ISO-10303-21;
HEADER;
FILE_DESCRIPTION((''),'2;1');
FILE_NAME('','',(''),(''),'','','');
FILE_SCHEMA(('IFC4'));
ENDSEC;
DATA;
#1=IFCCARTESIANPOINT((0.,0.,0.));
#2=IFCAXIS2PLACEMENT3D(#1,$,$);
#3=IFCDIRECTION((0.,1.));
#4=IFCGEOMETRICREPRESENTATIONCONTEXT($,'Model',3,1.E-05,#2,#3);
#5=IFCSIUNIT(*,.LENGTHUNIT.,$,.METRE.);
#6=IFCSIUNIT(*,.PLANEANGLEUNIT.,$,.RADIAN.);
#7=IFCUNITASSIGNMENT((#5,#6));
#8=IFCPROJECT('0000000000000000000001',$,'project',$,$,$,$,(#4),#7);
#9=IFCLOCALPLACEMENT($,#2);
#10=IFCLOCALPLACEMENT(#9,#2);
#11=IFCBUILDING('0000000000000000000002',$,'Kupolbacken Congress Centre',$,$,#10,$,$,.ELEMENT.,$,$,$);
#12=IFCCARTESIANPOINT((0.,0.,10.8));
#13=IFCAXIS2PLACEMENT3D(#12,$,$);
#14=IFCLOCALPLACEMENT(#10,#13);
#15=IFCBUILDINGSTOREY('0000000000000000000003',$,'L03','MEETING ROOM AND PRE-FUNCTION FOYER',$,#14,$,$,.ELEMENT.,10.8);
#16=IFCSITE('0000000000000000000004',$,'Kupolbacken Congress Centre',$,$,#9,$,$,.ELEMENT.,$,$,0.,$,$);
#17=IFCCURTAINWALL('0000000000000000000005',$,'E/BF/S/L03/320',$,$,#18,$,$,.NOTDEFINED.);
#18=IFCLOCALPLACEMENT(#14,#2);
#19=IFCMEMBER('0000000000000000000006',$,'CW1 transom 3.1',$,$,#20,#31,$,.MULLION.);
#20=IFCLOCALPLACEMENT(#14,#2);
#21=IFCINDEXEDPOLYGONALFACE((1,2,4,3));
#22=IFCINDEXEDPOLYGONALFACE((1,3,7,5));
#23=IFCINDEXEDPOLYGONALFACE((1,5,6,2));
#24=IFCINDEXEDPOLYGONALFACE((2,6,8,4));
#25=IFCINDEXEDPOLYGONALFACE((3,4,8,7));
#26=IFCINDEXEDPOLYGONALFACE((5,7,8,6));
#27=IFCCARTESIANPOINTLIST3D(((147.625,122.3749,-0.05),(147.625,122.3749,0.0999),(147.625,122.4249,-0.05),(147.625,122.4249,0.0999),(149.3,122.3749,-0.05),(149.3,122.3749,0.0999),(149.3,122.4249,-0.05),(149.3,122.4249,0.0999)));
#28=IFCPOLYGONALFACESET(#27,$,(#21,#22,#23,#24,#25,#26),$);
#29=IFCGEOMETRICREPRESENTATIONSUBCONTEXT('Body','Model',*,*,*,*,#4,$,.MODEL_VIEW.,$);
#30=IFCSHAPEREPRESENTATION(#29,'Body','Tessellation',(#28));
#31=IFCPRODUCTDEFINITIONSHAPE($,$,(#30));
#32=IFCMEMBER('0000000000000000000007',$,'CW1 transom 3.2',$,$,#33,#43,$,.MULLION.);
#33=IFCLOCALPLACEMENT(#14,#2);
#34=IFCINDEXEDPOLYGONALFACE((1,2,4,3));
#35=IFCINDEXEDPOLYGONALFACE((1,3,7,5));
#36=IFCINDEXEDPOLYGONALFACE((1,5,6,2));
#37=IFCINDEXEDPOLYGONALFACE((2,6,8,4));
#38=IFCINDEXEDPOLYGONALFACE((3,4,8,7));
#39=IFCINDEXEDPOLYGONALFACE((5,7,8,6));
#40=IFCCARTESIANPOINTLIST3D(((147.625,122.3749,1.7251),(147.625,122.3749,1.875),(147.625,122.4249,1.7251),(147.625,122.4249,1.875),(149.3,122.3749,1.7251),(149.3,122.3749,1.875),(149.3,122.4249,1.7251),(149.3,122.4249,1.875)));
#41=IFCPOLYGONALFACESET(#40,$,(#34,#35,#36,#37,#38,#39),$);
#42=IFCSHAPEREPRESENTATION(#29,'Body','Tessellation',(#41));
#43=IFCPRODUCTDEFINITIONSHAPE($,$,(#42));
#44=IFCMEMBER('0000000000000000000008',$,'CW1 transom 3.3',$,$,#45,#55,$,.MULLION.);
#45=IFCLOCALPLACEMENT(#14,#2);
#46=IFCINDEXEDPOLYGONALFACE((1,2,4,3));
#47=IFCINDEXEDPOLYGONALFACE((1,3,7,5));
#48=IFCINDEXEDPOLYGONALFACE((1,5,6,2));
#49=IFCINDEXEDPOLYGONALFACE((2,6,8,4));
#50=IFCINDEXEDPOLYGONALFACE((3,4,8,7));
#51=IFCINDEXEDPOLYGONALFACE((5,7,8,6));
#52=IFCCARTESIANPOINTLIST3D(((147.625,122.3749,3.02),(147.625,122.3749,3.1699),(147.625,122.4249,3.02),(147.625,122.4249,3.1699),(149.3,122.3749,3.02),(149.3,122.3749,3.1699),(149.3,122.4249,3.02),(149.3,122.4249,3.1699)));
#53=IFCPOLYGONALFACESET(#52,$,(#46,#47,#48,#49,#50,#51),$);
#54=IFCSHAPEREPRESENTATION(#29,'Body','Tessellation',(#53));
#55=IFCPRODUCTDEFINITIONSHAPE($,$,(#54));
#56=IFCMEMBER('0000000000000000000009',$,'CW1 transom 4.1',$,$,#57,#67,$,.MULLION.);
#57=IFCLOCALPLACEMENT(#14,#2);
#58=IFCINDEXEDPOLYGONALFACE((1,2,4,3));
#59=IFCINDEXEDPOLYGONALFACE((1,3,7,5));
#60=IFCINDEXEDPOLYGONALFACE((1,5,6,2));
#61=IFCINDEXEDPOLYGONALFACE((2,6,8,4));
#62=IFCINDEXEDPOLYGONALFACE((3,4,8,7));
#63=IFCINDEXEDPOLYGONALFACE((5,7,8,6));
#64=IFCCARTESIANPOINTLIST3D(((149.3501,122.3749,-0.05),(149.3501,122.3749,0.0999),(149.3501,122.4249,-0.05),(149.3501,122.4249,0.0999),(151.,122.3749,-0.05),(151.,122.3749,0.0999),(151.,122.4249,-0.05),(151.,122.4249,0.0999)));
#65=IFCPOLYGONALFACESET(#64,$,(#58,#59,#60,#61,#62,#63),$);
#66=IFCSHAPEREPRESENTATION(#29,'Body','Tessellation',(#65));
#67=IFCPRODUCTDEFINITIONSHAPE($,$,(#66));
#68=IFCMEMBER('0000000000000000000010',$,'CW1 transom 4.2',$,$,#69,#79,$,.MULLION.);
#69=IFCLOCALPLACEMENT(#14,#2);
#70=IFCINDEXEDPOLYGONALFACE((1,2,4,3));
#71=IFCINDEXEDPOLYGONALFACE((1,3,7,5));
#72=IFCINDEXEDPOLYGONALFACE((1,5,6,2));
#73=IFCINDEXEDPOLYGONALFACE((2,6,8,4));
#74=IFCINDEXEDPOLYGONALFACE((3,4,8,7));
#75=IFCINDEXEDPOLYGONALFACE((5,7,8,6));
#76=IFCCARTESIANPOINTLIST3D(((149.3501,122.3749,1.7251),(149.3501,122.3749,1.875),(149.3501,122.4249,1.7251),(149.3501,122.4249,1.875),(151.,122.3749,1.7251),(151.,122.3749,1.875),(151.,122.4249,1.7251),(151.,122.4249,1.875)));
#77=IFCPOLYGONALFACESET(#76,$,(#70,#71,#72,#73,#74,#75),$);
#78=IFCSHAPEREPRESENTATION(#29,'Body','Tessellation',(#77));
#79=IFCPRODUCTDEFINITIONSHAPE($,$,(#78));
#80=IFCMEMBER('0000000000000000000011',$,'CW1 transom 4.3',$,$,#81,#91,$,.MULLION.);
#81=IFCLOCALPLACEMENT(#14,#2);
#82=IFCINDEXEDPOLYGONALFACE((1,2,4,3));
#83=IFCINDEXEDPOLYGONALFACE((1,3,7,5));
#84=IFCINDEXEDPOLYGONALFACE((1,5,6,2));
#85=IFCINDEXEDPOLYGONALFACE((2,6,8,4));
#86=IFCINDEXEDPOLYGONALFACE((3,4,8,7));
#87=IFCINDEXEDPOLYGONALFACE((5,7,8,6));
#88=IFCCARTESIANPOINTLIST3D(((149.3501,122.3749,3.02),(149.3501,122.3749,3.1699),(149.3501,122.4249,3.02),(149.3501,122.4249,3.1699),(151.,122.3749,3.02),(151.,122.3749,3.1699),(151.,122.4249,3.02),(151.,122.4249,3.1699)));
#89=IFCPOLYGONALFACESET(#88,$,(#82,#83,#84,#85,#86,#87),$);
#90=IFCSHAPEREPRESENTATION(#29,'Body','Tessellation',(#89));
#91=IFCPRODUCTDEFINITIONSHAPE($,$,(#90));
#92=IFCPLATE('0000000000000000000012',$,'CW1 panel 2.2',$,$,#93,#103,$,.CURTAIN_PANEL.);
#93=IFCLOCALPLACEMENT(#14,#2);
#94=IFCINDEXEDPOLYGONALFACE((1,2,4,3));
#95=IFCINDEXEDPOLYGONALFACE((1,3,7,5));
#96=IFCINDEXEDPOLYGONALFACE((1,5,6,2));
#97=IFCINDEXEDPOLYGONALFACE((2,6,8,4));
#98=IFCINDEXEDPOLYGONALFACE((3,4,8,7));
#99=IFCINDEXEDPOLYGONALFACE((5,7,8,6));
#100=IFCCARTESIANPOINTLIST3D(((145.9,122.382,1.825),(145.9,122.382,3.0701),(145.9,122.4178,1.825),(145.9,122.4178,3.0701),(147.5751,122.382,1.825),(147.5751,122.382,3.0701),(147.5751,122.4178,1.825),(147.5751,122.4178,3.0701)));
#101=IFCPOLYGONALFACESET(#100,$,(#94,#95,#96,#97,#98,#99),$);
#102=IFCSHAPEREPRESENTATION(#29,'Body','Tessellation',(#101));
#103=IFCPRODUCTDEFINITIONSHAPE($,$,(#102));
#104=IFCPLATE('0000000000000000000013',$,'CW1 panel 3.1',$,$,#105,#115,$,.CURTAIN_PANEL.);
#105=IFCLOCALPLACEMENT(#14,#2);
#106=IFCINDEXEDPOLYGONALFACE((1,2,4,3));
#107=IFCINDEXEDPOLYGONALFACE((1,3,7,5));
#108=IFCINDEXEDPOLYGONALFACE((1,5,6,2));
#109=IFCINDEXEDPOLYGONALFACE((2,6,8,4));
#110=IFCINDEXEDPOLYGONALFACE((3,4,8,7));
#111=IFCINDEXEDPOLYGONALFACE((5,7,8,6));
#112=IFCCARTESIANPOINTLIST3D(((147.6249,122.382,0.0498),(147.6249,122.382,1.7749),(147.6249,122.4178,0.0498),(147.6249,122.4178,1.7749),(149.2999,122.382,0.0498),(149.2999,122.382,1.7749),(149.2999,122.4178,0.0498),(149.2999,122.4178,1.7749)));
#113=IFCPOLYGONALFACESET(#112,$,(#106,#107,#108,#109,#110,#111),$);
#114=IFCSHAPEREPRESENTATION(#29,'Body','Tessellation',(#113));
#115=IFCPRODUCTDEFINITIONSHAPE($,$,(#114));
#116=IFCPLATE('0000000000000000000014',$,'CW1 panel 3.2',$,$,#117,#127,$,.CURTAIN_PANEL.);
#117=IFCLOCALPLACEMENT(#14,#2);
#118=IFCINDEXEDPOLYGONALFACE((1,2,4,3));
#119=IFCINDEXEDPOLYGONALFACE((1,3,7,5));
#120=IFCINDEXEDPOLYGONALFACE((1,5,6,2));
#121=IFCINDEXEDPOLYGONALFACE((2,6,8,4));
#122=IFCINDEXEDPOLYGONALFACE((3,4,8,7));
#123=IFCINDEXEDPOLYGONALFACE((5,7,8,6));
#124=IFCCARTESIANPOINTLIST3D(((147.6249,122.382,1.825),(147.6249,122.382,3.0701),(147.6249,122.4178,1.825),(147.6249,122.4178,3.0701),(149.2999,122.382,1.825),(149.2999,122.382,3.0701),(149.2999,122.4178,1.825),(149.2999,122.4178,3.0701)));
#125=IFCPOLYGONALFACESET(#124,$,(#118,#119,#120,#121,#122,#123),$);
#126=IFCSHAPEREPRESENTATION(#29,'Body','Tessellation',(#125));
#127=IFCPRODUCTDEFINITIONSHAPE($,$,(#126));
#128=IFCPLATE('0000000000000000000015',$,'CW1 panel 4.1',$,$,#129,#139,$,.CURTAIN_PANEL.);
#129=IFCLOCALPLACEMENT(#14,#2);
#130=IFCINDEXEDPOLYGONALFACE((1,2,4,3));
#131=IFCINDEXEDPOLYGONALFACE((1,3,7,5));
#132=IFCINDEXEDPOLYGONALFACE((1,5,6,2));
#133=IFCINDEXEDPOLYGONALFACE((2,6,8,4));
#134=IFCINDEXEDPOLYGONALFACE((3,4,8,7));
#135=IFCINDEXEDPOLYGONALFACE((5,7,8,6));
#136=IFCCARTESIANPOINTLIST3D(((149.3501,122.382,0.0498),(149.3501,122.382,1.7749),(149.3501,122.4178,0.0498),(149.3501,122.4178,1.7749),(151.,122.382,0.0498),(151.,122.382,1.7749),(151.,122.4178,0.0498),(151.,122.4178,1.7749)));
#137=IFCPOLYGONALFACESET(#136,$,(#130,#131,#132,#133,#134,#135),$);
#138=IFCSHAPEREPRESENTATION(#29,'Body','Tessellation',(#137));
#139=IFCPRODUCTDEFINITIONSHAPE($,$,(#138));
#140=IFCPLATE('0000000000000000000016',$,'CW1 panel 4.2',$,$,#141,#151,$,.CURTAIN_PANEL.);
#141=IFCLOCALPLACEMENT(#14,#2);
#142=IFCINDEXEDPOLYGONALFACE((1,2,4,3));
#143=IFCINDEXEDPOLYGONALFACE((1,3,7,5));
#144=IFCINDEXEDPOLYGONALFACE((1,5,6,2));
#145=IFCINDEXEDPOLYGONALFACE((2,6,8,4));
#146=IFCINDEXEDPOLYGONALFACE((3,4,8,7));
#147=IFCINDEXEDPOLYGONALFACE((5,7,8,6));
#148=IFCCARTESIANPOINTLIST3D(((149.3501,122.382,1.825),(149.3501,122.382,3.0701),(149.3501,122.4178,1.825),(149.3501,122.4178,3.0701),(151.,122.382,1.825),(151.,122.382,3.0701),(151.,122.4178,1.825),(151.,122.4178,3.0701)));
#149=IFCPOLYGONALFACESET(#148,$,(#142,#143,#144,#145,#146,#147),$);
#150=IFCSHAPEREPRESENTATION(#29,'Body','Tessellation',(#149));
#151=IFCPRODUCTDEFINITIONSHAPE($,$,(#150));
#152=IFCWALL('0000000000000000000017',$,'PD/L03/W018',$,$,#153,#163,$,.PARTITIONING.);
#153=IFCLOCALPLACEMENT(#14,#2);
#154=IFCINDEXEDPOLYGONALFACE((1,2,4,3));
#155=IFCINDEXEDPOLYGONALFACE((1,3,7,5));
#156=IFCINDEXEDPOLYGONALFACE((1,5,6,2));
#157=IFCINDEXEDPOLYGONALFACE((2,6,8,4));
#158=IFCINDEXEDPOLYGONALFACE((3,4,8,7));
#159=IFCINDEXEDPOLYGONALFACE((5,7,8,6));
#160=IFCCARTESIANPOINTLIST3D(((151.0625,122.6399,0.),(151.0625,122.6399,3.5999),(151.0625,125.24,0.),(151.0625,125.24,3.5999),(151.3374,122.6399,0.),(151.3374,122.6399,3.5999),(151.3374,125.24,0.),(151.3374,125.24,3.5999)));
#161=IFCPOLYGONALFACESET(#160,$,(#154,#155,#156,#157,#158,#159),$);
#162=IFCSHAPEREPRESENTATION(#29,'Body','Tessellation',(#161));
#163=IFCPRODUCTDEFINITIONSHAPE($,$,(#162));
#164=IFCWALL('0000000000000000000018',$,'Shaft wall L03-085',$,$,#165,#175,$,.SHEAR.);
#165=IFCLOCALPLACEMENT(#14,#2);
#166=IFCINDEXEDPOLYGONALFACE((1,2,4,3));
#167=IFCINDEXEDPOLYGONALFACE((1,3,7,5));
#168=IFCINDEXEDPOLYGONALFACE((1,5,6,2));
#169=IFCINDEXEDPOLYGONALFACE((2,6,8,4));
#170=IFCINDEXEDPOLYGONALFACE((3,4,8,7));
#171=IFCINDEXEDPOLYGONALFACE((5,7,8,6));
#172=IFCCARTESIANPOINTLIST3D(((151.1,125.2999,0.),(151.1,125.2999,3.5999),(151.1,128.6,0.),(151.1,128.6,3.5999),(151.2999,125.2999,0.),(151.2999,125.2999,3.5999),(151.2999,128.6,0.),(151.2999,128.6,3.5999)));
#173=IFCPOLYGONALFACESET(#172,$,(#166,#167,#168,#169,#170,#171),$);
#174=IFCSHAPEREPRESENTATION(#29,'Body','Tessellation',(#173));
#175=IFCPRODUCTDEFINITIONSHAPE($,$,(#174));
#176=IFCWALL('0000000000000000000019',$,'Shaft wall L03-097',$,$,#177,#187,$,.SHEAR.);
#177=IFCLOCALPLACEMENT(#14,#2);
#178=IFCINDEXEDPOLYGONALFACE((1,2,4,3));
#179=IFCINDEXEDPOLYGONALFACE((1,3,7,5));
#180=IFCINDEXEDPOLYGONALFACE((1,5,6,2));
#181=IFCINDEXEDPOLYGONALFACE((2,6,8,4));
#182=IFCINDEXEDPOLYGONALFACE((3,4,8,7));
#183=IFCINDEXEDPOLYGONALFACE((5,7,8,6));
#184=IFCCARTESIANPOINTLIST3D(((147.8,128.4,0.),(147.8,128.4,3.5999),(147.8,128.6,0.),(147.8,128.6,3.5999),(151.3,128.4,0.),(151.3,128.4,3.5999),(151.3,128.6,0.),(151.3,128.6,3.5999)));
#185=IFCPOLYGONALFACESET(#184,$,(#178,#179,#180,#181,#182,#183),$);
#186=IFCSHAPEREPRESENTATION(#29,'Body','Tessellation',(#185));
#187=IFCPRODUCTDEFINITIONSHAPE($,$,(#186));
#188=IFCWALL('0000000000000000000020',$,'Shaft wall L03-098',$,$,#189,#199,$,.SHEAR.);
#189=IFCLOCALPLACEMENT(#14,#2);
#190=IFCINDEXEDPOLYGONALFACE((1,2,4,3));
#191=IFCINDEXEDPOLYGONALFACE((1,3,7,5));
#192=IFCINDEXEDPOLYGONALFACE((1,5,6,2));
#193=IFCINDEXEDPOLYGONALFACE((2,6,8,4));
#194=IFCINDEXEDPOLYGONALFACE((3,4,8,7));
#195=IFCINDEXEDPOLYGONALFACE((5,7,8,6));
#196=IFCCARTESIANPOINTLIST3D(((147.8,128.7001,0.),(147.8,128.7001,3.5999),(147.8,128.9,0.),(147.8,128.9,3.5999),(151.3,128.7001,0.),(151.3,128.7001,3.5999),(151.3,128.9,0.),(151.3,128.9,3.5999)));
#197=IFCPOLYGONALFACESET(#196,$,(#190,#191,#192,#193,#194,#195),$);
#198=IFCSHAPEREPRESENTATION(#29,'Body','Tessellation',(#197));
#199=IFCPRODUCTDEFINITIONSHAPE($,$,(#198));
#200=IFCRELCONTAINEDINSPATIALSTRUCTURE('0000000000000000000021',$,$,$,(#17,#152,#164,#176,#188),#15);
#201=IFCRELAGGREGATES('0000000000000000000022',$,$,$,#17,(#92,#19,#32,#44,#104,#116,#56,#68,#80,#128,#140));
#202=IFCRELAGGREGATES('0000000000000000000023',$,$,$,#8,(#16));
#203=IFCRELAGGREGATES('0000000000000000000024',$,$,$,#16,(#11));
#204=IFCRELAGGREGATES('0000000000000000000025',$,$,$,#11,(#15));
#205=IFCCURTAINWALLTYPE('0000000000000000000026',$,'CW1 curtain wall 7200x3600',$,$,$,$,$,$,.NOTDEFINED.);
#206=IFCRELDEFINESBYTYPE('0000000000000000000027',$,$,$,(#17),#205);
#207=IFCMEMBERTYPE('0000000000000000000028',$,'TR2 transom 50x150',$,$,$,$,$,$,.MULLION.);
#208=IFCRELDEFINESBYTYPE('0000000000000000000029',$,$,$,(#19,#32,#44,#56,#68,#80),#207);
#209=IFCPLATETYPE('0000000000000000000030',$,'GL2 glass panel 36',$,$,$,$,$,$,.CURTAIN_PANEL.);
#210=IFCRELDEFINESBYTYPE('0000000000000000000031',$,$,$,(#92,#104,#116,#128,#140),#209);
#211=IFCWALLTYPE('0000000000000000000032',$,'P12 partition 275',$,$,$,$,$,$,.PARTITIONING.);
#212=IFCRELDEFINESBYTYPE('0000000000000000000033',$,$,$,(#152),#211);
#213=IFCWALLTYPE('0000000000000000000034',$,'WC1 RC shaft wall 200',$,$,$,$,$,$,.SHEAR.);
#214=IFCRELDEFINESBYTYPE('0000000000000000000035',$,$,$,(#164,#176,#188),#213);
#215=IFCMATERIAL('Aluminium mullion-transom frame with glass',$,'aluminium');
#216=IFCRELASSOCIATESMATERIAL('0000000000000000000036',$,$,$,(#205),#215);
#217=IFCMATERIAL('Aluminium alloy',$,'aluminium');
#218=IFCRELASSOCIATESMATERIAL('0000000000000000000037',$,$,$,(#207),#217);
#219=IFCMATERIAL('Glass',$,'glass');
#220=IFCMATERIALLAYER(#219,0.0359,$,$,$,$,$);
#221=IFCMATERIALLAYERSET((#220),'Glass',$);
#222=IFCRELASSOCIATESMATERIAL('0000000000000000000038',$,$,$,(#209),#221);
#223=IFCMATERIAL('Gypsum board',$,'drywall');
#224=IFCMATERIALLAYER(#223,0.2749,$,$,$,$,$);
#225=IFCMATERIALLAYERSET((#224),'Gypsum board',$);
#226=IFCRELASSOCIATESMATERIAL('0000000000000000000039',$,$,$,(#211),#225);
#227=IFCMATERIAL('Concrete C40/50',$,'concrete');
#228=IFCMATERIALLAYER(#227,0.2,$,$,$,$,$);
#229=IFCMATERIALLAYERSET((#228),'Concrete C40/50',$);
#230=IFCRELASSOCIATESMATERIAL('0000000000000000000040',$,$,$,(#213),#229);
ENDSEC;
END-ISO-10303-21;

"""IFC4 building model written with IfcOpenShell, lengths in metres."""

from ifc_helpers import new_model, si_unit, direction, frame, frame_2d, origin, origin_2d, place, context, subcontext, project, spatial, rectangle, extrude, material, layer, layer_set, material_profile, profile_set, type_object, element, aggregate, save


model = new_model("IFC4")

# Units and contexts
model_context = context("Model", 3, precision=1e-05, world=origin(), true_north=direction((0.0, 1.0)))
body_context = subcontext(model_context, "Body", "Model", "MODEL_VIEW")
ifc_project = project(units=[si_unit("LENGTHUNIT", "METRE"), si_unit("PLANEANGLEUNIT", "RADIAN")], contexts=[model_context])

# Site, building, storey
site_placement = place(None, origin())
site = spatial("IfcSite", under=ifc_project, at=site_placement, Name="Kupolbacken Congress Centre", CompositionType="ELEMENT", RefElevation=0.0)
building_placement = place(site_placement, origin())
building = spatial("IfcBuilding", under=site, at=building_placement, Name="Kupolbacken Congress Centre", CompositionType="ELEMENT")
storey_placement = place(building_placement, frame((0.0, 0.0, 10.8)))
storey = spatial("IfcBuildingStorey", under=building, at=storey_placement, Name="L03", Description="MEETING ROOM AND PRE-FUNCTION FOYER", CompositionType="ELEMENT", Elevation=10.8)

# Curtain wall, members, plates
ifc_material_1 = material(Name="Aluminium mullion-transom frame with glass", Category="aluminium")
curtain_wall_type = type_object("IfcCurtainWallType", Name="CW1 curtain wall 7200x3600", PredefinedType="NOTDEFINED", material=ifc_material_1)
curtain_wall_placement = place(storey_placement, origin())
curtain_wall = element("IfcCurtainWall", 1, at=curtain_wall_placement, inside=storey, type_object=curtain_wall_type, Name="E/BF/S/L03/320", PredefinedType="NOTDEFINED")
ifc_material_2 = material(Name="Aluminium alloy", Category="aluminium")
ifc_material_profile_1 = material_profile(ifc_material_2, rectangle(XDim=0.05, YDim=0.1499, at=origin_2d()), Name="50 x 150")
ifc_profile_set_1 = profile_set([ifc_material_profile_1], Name="Aluminium alloy")
member_type_1 = type_object("IfcMemberType", Name="TR2 transom 50x150", PredefinedType="MULLION", material=ifc_profile_set_1)
member_1_placement = place(storey_placement, frame((147.625, 122.3999, 0.0249), z_axis=(1.0, 0.0, 0.0), x_axis=(0.0, 1.0, 0.0)))
member_1 = element("IfcMember", 2, at=member_1_placement, type_object=member_type_1, Name="CW1 transom 3.1", PredefinedType="MULLION", context=body_context, shape_type="SweptSolid", body=[
    extrude(rectangle(XDim=0.05, YDim=0.1499, at=origin_2d()), origin(), (0.0, 0.0, 1.0), 1.675),
])
member_2_placement = place(storey_placement, frame((147.625, 122.3999, 1.8), z_axis=(1.0, 0.0, 0.0), x_axis=(0.0, 1.0, 0.0)))
member_2 = element("IfcMember", 3, at=member_2_placement, type_object=member_type_1, Name="CW1 transom 3.2", PredefinedType="MULLION", context=body_context, shape_type="SweptSolid", body=[
    extrude(rectangle(XDim=0.05, YDim=0.1499, at=origin_2d()), origin(), (0.0, 0.0, 1.0), 1.675),
])
member_3_placement = place(storey_placement, frame((147.625, 122.3999, 3.095), z_axis=(1.0, 0.0, 0.0), x_axis=(0.0, 1.0, 0.0)))
member_3 = element("IfcMember", 4, at=member_3_placement, type_object=member_type_1, Name="CW1 transom 3.3", PredefinedType="MULLION", context=body_context, shape_type="SweptSolid", body=[
    extrude(rectangle(XDim=0.05, YDim=0.1499, at=origin_2d()), origin(), (0.0, 0.0, 1.0), 1.675),
])
member_4_placement = place(storey_placement, frame((149.3501, 122.3999, 0.0249), z_axis=(1.0, 0.0, 0.0), x_axis=(0.0, 1.0, 0.0)))
member_4 = element("IfcMember", 5, at=member_4_placement, type_object=member_type_1, Name="CW1 transom 4.1", PredefinedType="MULLION", context=body_context, shape_type="SweptSolid", body=[
    extrude(rectangle(XDim=0.05, YDim=0.1499, at=origin_2d()), origin(), (0.0, 0.0, 1.0), 1.6499),
])
member_5_placement = place(storey_placement, frame((149.3501, 122.3999, 1.8), z_axis=(1.0, 0.0, 0.0), x_axis=(0.0, 1.0, 0.0)))
member_5 = element("IfcMember", 6, at=member_5_placement, type_object=member_type_1, Name="CW1 transom 4.2", PredefinedType="MULLION", context=body_context, shape_type="SweptSolid", body=[
    extrude(rectangle(XDim=0.05, YDim=0.1499, at=origin_2d()), origin(), (0.0, 0.0, 1.0), 1.6499),
])
member_6_placement = place(storey_placement, frame((149.3501, 122.3999, 3.095), z_axis=(1.0, 0.0, 0.0), x_axis=(0.0, 1.0, 0.0)))
member_6 = element("IfcMember", 7, at=member_6_placement, type_object=member_type_1, Name="CW1 transom 4.3", PredefinedType="MULLION", context=body_context, shape_type="SweptSolid", body=[
    extrude(rectangle(XDim=0.05, YDim=0.1499, at=origin_2d()), origin(), (0.0, 0.0, 1.0), 1.6499),
])
ifc_material_3 = material(Name="Glass", Category="glass")
ifc_layer_1 = layer(ifc_material_3, 0.0359)
ifc_layer_set_1 = layer_set([ifc_layer_1], Name="Glass")
plate_type = type_object("IfcPlateType", Name="GL2 glass panel 36", PredefinedType="CURTAIN_PANEL", material=ifc_layer_set_1)
plate_1_placement = place(storey_placement, frame((146.7375, 122.3999, 1.825), z_axis=(0.0, 0.0, 1.0), x_axis=(1.0, 0.0, 0.0)))
plate_1 = element("IfcPlate", 8, at=plate_1_placement, type_object=plate_type, Name="CW1 panel 2.2", PredefinedType="CURTAIN_PANEL", context=body_context, shape_type="SweptSolid", body=[
    extrude(rectangle(XDim=1.675, YDim=0.0359, at=origin_2d()), origin(), (0.0, 0.0, 1.0), 1.2451),
])
plate_2_placement = place(storey_placement, frame((148.4624, 122.3999, 0.0498), z_axis=(0.0, 0.0, 1.0), x_axis=(1.0, 0.0, 0.0)))
plate_2 = element("IfcPlate", 9, at=plate_2_placement, type_object=plate_type, Name="CW1 panel 3.1", PredefinedType="CURTAIN_PANEL", context=body_context, shape_type="SweptSolid", body=[
    extrude(rectangle(XDim=1.675, YDim=0.0359, at=origin_2d()), origin(), (0.0, 0.0, 1.0), 1.7251),
])
plate_3_placement = place(storey_placement, frame((148.4624, 122.3999, 1.825), z_axis=(0.0, 0.0, 1.0), x_axis=(1.0, 0.0, 0.0)))
plate_3 = element("IfcPlate", 10, at=plate_3_placement, type_object=plate_type, Name="CW1 panel 3.2", PredefinedType="CURTAIN_PANEL", context=body_context, shape_type="SweptSolid", body=[
    extrude(rectangle(XDim=1.675, YDim=0.0359, at=origin_2d()), origin(), (0.0, 0.0, 1.0), 1.2451),
])
plate_4_placement = place(storey_placement, frame((150.175, 122.3999, 0.0498), z_axis=(0.0, 0.0, 1.0), x_axis=(1.0, 0.0, 0.0)))
plate_4 = element("IfcPlate", 11, at=plate_4_placement, type_object=plate_type, Name="CW1 panel 4.1", PredefinedType="CURTAIN_PANEL", context=body_context, shape_type="SweptSolid", body=[
    extrude(rectangle(XDim=1.6499, YDim=0.0359, at=origin_2d()), origin(), (0.0, 0.0, 1.0), 1.7251),
])
plate_5_placement = place(storey_placement, frame((150.175, 122.3999, 1.825), z_axis=(0.0, 0.0, 1.0), x_axis=(1.0, 0.0, 0.0)))
plate_5 = element("IfcPlate", 12, at=plate_5_placement, type_object=plate_type, Name="CW1 panel 4.2", PredefinedType="CURTAIN_PANEL", context=body_context, shape_type="SweptSolid", body=[
    extrude(rectangle(XDim=1.6499, YDim=0.0359, at=origin_2d()), origin(), (0.0, 0.0, 1.0), 1.2451),
])
aggregate(curtain_wall, [plate_1, member_1, member_2, member_3, plate_2, plate_3, member_4, member_5, member_6, plate_4, plate_5])

# Walls
ifc_material_4 = material(Name="Gypsum board", Category="drywall")
ifc_layer_2 = layer(ifc_material_4, 0.2749)
ifc_layer_set_2 = layer_set([ifc_layer_2], Name="Gypsum board")
wall_type_1 = type_object("IfcWallType", Name="P12 partition 275", PredefinedType="PARTITIONING", material=ifc_layer_set_2)
wall_1_placement = place(storey_placement, frame((151.2, 122.6399, 0.0), z_axis=(0.0, 0.0, 1.0), x_axis=(0.0, 1.0, 0.0)))
element("IfcWall", 13, at=wall_1_placement, inside=storey, type_object=wall_type_1, Name="PD/L03/W018", PredefinedType="PARTITIONING", context=body_context, shape_type="SweptSolid", body=[
    extrude(rectangle(XDim=2.6001, YDim=0.2749, at=frame_2d((1.3, 0.0))), origin(), (0.0, 0.0, 1.0), 3.5999),
])
ifc_material_5 = material(Name="Concrete C40/50", Category="concrete")
ifc_layer_3 = layer(ifc_material_5, 0.2)
ifc_layer_set_3 = layer_set([ifc_layer_3], Name="Concrete C40/50")
wall_type_2 = type_object("IfcWallType", Name="WC1 RC shaft wall 200", PredefinedType="SHEAR", material=ifc_layer_set_3)
wall_2_placement = place(storey_placement, frame((151.2, 125.3, 0.0), z_axis=(0.0, 0.0, 1.0), x_axis=(0.0, 1.0, 0.0)))
element("IfcWall", 14, at=wall_2_placement, inside=storey, type_object=wall_type_2, Name="Shaft wall L03-085", PredefinedType="SHEAR", context=body_context, shape_type="SweptSolid", body=[
    extrude(rectangle(XDim=3.3, YDim=0.2, at=frame_2d((1.6499, 0.0))), origin(), (0.0, 0.0, 1.0), 3.5999),
])
for number, where, z_axis, x_axis, name in (
    (15, (147.8, 128.5, 0.0), (0.0, 0.0, 1.0), (1.0, 0.0, 0.0), "Shaft wall L03-097"),
    (16, (147.8, 128.8, 0.0), (0.0, 0.0, 1.0), (1.0, 0.0, 0.0), "Shaft wall L03-098"),
):
    element("IfcWall", number, at=place(storey_placement, frame(where, z_axis=z_axis, x_axis=x_axis)), inside=storey, type_object=wall_type_2, Name=name, PredefinedType="SHEAR", context=body_context, shape_type="SweptSolid", body=[
        extrude(rectangle(XDim=3.5, YDim=0.2, at=frame_2d((1.75, 0.0))), origin(), (0.0, 0.0, 1.0), 3.5999),
    ])

save(model, "model.ifc")
